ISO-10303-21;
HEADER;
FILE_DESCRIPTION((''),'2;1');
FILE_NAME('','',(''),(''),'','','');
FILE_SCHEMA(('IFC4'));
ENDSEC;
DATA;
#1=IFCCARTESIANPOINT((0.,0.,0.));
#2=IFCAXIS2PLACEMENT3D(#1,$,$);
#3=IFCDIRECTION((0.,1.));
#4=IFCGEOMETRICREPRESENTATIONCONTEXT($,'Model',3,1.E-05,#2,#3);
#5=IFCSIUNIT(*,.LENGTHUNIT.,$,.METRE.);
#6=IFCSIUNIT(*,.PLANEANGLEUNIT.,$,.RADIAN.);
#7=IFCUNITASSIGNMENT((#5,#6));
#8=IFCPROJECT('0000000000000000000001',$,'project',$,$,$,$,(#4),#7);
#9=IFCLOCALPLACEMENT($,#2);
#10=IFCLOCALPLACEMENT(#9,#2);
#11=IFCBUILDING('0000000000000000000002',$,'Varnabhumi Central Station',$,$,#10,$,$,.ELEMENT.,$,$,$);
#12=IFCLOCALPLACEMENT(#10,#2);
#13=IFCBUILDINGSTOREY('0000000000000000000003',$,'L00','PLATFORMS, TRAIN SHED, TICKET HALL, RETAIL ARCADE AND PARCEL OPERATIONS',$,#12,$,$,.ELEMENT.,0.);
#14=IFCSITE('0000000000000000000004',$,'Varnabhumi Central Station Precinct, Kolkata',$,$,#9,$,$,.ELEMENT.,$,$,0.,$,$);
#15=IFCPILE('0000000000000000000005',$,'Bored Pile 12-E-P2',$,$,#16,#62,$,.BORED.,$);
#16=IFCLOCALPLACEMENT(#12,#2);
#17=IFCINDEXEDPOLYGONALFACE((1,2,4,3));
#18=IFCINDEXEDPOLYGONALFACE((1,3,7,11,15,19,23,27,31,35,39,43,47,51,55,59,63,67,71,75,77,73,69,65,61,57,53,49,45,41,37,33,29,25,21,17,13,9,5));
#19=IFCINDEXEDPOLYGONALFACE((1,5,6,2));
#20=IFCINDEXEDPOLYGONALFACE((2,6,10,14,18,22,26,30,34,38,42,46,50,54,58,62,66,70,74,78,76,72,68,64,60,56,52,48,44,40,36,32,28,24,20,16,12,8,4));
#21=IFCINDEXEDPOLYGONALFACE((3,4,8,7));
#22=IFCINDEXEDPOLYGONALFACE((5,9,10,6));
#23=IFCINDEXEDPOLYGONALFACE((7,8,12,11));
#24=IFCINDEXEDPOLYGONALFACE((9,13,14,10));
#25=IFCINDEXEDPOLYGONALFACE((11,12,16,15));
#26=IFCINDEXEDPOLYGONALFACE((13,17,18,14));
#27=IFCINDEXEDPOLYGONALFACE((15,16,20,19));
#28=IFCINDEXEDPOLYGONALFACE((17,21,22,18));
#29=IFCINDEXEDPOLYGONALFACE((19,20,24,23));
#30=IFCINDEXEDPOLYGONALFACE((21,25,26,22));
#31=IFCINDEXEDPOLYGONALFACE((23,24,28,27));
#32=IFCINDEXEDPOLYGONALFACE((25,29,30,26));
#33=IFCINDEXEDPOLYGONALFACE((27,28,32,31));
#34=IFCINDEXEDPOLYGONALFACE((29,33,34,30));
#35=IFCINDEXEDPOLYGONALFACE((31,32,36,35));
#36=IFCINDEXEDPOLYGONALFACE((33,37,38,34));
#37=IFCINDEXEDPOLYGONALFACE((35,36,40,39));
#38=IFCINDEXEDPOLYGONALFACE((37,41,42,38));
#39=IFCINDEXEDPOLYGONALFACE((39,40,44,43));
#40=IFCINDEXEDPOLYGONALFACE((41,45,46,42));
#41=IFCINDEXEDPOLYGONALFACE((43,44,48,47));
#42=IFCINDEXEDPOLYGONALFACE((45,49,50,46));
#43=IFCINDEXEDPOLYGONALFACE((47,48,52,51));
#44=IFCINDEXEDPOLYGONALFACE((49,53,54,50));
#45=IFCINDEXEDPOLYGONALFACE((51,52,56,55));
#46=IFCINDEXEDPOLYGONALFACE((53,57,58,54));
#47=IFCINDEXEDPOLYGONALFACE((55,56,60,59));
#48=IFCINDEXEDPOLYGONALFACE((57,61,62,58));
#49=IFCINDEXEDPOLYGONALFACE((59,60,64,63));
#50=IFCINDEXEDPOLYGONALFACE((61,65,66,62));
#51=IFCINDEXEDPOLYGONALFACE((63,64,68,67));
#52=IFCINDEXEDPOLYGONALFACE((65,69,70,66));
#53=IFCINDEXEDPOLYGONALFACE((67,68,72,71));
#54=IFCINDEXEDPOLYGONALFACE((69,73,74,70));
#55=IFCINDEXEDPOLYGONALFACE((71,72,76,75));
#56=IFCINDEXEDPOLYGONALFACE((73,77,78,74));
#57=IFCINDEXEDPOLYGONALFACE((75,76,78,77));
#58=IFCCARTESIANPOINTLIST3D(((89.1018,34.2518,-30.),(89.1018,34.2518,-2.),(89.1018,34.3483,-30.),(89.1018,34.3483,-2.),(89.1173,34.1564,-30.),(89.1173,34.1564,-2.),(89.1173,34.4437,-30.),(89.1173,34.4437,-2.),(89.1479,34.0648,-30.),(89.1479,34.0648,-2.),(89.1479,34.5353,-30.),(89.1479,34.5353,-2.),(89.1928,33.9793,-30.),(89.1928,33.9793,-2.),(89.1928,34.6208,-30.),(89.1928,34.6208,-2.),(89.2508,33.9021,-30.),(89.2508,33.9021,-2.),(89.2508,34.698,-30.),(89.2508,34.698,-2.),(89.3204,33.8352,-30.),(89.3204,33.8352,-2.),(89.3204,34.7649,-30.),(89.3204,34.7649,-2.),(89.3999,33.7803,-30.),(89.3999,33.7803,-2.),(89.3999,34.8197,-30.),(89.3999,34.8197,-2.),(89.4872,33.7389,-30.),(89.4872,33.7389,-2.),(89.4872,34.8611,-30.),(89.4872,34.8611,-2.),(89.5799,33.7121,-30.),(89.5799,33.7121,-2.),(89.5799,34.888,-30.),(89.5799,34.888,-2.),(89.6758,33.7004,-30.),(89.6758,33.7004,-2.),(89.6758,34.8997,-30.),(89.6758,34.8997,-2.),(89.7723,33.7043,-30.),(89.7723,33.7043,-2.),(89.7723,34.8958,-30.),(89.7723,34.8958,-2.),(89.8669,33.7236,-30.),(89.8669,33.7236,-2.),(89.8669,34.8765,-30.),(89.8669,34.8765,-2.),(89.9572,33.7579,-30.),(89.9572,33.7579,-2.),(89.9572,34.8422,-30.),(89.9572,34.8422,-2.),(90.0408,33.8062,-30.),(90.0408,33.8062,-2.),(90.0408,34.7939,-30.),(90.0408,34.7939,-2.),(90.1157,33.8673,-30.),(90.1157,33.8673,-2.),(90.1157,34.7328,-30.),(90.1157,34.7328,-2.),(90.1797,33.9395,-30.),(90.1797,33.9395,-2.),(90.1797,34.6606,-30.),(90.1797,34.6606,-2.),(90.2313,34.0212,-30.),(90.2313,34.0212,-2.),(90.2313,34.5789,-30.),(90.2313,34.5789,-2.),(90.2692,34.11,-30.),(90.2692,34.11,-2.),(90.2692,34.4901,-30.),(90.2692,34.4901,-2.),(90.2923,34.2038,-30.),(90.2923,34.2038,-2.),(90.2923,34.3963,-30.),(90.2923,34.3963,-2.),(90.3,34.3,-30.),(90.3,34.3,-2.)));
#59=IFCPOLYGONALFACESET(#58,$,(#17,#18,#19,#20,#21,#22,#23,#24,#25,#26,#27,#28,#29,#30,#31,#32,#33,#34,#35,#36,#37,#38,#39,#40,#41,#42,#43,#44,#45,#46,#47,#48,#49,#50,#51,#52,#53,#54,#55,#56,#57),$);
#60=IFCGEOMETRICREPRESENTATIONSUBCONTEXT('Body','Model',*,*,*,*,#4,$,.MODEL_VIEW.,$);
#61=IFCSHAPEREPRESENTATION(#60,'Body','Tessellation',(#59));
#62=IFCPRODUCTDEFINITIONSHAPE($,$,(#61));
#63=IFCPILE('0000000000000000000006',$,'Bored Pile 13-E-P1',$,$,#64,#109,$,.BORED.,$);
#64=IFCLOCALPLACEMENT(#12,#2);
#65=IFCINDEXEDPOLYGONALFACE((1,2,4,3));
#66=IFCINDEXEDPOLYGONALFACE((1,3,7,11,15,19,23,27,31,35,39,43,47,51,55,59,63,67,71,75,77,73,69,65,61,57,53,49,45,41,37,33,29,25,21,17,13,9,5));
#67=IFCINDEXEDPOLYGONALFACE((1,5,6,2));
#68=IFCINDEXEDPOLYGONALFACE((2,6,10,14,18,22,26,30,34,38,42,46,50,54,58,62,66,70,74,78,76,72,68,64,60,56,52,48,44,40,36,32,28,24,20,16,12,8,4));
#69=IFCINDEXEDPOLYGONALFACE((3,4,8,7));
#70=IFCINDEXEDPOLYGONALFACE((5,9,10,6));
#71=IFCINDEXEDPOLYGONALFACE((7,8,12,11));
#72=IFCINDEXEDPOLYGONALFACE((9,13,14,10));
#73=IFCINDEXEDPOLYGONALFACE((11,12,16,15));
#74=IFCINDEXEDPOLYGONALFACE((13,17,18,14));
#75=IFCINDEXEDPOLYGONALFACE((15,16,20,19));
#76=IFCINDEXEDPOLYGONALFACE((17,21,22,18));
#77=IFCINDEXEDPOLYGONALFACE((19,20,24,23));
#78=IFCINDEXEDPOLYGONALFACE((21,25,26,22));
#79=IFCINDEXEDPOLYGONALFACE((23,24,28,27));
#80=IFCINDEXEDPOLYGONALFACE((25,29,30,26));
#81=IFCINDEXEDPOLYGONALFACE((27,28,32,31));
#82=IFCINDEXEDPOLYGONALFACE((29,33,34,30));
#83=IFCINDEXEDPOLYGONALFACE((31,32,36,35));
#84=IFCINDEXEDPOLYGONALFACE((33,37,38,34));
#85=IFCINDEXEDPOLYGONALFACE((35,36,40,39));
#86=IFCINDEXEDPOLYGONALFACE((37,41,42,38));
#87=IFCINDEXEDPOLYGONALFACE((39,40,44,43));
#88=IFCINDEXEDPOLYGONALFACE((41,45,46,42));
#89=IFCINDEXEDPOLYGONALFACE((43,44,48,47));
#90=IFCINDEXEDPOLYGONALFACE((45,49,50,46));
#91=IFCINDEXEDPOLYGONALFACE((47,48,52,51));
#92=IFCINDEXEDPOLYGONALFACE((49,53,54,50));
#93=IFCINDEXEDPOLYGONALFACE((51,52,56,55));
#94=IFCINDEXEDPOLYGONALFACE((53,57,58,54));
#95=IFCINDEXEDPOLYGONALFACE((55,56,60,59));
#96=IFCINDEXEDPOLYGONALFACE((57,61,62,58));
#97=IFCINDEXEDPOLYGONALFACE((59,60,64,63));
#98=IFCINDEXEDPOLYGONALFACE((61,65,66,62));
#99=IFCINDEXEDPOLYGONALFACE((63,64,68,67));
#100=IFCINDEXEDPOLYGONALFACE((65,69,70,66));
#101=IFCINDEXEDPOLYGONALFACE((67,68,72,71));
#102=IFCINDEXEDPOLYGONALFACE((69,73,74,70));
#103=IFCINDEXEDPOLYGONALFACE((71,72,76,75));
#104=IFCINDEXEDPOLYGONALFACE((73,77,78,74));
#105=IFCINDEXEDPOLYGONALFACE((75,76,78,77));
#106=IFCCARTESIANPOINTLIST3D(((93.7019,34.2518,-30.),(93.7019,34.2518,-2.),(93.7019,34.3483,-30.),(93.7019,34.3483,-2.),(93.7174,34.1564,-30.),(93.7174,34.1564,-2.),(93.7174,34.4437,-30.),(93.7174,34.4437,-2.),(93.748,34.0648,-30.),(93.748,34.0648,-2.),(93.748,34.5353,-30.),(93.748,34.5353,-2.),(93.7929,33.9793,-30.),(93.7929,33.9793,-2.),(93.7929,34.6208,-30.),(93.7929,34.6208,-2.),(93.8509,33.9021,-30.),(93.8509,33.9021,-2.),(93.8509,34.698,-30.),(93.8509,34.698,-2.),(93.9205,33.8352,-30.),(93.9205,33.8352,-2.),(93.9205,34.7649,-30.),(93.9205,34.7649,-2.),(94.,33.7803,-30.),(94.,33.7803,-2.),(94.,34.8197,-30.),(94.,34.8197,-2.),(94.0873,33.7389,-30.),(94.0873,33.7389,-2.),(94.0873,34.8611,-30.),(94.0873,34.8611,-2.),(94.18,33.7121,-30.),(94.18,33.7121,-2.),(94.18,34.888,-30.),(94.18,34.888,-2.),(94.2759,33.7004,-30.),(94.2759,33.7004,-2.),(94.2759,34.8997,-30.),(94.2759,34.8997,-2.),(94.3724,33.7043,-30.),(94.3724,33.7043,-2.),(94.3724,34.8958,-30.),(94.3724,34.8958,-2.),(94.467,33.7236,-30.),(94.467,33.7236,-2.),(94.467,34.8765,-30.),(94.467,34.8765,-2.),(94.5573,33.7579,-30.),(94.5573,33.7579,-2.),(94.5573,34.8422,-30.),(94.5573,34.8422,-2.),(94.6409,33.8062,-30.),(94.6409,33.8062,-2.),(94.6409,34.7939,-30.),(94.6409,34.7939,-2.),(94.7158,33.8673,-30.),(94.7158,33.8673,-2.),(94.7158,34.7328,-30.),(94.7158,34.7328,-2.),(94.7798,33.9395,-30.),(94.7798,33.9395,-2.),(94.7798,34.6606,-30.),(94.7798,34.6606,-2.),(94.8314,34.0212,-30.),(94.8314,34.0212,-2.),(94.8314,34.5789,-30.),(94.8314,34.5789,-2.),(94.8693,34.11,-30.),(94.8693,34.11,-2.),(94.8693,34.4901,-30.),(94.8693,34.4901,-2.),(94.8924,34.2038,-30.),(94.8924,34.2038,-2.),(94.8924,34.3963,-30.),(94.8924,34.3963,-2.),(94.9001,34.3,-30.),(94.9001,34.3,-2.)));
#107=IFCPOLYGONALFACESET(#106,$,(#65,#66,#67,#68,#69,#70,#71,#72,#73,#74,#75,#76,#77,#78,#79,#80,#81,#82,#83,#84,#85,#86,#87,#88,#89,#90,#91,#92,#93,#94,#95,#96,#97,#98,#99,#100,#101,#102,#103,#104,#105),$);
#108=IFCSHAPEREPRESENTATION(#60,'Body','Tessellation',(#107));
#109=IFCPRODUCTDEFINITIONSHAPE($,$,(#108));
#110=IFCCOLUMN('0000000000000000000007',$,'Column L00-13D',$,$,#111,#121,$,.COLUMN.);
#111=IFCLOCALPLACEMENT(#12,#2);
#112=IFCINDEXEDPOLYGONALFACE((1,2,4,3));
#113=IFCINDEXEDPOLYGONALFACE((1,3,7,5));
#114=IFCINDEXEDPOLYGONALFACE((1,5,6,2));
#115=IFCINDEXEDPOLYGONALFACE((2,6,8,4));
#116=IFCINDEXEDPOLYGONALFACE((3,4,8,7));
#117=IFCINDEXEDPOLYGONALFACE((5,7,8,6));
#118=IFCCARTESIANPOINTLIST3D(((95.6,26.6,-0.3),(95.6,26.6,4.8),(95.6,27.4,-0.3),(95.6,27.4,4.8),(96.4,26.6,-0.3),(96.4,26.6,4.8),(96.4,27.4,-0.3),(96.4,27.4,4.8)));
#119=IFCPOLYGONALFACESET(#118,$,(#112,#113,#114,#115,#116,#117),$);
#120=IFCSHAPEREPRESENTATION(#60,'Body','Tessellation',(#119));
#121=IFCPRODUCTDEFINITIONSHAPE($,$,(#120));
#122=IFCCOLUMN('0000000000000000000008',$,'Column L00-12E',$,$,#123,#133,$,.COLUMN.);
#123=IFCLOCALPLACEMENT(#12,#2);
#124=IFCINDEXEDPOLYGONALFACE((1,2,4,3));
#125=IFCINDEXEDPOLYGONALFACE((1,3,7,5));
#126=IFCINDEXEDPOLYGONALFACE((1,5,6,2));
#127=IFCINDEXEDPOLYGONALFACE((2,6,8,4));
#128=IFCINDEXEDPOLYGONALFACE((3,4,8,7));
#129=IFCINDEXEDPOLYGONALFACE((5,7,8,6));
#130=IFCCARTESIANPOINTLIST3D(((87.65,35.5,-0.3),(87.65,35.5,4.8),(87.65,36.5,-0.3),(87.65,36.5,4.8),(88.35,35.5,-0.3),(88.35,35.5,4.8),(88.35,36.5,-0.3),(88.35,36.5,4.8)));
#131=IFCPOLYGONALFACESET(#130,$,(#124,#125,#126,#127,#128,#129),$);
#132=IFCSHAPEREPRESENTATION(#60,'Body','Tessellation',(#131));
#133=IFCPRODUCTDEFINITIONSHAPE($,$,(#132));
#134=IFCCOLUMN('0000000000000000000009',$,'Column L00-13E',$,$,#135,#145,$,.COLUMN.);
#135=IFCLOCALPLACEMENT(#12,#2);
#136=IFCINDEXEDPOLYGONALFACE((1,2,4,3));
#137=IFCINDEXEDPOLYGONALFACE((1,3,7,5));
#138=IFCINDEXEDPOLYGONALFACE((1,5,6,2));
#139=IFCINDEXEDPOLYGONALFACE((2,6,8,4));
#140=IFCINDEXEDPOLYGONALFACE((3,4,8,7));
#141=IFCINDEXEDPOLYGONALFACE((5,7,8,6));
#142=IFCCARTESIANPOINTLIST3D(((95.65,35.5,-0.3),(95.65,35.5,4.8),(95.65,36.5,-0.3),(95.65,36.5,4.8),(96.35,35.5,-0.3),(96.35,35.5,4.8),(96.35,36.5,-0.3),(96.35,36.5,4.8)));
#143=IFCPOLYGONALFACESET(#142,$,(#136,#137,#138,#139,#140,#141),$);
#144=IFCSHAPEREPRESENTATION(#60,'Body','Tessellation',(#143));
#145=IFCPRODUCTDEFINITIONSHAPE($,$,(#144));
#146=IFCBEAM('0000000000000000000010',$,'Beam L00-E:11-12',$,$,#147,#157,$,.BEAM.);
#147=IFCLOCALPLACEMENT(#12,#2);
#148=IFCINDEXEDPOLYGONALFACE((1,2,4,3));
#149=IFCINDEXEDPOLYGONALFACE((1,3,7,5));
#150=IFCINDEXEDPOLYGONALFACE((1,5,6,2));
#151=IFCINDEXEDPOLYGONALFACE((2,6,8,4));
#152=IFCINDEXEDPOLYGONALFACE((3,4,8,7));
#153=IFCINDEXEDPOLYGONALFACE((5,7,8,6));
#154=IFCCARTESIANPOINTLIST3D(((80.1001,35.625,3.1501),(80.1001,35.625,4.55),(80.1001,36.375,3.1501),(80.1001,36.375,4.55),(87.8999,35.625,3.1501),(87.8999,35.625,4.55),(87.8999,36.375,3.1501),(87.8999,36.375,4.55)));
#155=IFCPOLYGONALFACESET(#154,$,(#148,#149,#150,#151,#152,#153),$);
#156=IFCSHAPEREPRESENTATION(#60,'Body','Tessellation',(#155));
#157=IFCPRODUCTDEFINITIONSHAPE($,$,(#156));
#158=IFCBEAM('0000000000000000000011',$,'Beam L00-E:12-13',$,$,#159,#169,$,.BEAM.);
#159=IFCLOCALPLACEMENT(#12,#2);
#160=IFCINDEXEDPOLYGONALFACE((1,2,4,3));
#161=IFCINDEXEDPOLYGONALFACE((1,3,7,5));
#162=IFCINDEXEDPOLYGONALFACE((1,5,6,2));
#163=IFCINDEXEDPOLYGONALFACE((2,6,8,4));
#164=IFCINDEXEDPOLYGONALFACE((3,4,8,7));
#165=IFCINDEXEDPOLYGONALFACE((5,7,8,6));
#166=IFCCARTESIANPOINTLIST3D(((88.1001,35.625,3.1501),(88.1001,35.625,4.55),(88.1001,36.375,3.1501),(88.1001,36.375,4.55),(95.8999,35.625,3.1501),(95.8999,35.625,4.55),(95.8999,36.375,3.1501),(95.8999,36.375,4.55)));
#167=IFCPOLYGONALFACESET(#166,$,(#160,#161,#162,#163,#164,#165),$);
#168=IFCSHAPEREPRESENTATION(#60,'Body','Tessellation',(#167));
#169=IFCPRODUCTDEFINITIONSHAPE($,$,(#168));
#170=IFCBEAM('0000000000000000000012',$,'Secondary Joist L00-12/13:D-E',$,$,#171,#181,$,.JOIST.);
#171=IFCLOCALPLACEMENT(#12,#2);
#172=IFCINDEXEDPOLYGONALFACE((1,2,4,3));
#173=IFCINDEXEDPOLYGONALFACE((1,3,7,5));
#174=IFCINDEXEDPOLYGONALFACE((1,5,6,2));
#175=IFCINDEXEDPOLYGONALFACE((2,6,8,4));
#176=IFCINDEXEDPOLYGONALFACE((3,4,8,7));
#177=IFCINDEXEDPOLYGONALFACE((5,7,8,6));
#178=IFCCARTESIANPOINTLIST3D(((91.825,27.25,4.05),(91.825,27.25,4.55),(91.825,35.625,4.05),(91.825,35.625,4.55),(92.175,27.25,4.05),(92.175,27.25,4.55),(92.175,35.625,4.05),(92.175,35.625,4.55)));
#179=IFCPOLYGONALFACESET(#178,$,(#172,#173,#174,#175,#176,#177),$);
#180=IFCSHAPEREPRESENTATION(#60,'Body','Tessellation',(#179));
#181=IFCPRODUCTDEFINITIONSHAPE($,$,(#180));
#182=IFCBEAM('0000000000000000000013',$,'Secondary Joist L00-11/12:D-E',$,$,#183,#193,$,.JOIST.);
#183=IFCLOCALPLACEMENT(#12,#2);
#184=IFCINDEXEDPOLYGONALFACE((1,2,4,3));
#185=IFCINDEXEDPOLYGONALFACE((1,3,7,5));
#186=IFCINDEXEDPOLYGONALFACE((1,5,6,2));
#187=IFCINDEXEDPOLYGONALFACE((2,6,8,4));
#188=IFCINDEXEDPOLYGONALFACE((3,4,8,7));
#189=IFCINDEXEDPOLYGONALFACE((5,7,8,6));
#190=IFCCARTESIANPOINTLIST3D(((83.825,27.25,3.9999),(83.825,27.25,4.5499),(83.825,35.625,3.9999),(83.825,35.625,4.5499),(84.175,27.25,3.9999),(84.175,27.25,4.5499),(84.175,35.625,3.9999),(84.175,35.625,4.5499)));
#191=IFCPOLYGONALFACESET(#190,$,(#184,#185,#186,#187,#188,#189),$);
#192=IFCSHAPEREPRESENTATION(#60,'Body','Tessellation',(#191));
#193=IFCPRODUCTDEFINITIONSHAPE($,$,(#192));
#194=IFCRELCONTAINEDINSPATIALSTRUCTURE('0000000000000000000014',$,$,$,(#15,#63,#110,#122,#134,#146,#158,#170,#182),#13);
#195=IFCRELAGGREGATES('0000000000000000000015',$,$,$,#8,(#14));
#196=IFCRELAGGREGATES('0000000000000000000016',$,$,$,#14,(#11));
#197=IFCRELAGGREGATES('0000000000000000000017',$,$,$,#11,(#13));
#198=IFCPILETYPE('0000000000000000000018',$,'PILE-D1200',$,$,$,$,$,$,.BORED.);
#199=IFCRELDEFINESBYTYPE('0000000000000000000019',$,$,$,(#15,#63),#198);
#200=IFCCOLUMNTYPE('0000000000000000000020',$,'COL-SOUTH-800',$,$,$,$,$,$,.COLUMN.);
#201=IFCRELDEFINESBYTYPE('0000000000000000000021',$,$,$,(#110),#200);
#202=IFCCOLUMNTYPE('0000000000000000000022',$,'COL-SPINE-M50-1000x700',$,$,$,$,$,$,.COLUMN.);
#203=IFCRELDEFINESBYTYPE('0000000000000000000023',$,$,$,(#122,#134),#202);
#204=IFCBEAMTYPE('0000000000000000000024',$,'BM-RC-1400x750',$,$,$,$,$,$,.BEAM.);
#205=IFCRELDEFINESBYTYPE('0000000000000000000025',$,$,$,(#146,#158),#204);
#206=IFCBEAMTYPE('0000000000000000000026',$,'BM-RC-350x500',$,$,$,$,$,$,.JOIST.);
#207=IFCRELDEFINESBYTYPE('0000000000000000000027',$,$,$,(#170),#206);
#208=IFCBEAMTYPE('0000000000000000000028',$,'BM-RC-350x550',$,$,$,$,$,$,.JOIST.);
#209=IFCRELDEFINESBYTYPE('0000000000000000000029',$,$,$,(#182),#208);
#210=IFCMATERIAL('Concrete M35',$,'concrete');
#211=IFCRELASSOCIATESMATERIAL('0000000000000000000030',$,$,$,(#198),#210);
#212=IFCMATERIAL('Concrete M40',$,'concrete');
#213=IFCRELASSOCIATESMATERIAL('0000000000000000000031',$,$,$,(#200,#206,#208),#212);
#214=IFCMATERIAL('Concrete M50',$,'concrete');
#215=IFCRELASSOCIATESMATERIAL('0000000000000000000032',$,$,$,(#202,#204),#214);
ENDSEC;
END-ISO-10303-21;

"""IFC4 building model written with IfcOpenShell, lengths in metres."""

from ifc_helpers import new_model, si_unit, direction, frame, origin, origin_2d, place, context, subcontext, project, spatial, rectangle, circle, extrude, material, material_profile, profile_set, type_object, element, save


model = new_model("IFC4")

# Units and contexts
model_context = context("Model", 3, precision=1e-05, world=origin(), true_north=direction((0.0, 1.0)))
body_context = subcontext(model_context, "Body", "Model", "MODEL_VIEW")
ifc_project = project(units=[si_unit("LENGTHUNIT", "METRE"), si_unit("PLANEANGLEUNIT", "RADIAN")], contexts=[model_context])

# Site, building, storey
site_placement = place(None, origin())
site = spatial("IfcSite", under=ifc_project, at=site_placement, Name="Varnabhumi Central Station Precinct, Kolkata", CompositionType="ELEMENT", RefElevation=0.0)
building_placement = place(site_placement, origin())
building = spatial("IfcBuilding", under=site, at=building_placement, Name="Varnabhumi Central Station", CompositionType="ELEMENT")
storey_placement = place(building_placement, origin())
storey = spatial("IfcBuildingStorey", under=building, at=storey_placement, Name="L00", Description="PLATFORMS, TRAIN SHED, TICKET HALL, RETAIL ARCADE AND PARCEL OPERATIONS", CompositionType="ELEMENT", Elevation=0.0)

# Shared definitions
ifc_material_1 = material(Name="Concrete M40", Category="concrete")

# Piles
ifc_material_2 = material(Name="Concrete M35", Category="concrete")
ifc_material_profile_1 = material_profile(ifc_material_2, circle(Radius=0.6001, at=origin_2d()), Name="Concrete M35", Category="concrete")
ifc_profile_set_1 = profile_set([ifc_material_profile_1], Name="Concrete M35")
pile_type_1 = type_object("IfcPileType", Name="PILE-D1200", PredefinedType="BORED", material=ifc_profile_set_1)
for number, where, z_axis, x_axis, name in (
    (1, (89.7, 34.3, -2.0), (0.0, 0.0, -1.0), (1.0, 0.0, 0.0), "Bored Pile 12-E-P2"),
    (2, (94.3, 34.3, -2.0), (0.0, 0.0, -1.0), (1.0, 0.0, 0.0), "Bored Pile 13-E-P1"),
):
    element("IfcPile", number, at=place(storey_placement, frame(where, z_axis=z_axis, x_axis=x_axis)), inside=storey, type_object=pile_type_1, Name=name, PredefinedType="BORED", context=body_context, shape_type="SweptSolid", body=[
        extrude(circle(Radius=0.6001, at=origin_2d()), origin(), (0.0, 0.0, 1.0), 28.0),
    ])

# Columns
ifc_material_profile_2 = material_profile(ifc_material_1, rectangle(XDim=0.8, YDim=0.8, at=origin_2d()), Name="Concrete M40", Category="concrete")
ifc_profile_set_2 = profile_set([ifc_material_profile_2], Name="Concrete M40")
column_type_1 = type_object("IfcColumnType", Name="COL-SOUTH-800", PredefinedType="COLUMN", material=ifc_profile_set_2)
column_placement = place(storey_placement, frame((96.0, 27.0, -0.3), z_axis=(0.0, 0.0, 1.0), x_axis=(1.0, 0.0, 0.0)))
element("IfcColumn", 3, at=column_placement, inside=storey, type_object=column_type_1, Name="Column L00-13D", PredefinedType="COLUMN", context=body_context, shape_type="SweptSolid", body=[
    extrude(rectangle(XDim=0.8, YDim=0.8, at=origin_2d()), origin(), (0.0, 0.0, 1.0), 5.1001),
])
ifc_material_3 = material(Name="Concrete M50", Category="concrete")
ifc_material_profile_3 = material_profile(ifc_material_3, rectangle(XDim=0.7, YDim=1.0, at=origin_2d()), Name="Concrete M50", Category="concrete")
ifc_profile_set_3 = profile_set([ifc_material_profile_3], Name="Concrete M50")
column_type_2 = type_object("IfcColumnType", Name="COL-SPINE-M50-1000x700", PredefinedType="COLUMN", material=ifc_profile_set_3)
for number, where, z_axis, x_axis, name in (
    (4, (88.0, 36.0, -0.3), (0.0, 0.0, 1.0), (1.0, 0.0, 0.0), "Column L00-12E"),
    (5, (96.0, 36.0, -0.3), (0.0, 0.0, 1.0), (1.0, 0.0, 0.0), "Column L00-13E"),
):
    element("IfcColumn", number, at=place(storey_placement, frame(where, z_axis=z_axis, x_axis=x_axis)), inside=storey, type_object=column_type_2, Name=name, PredefinedType="COLUMN", context=body_context, shape_type="SweptSolid", body=[
        extrude(rectangle(XDim=0.7, YDim=1.0, at=origin_2d()), origin(), (0.0, 0.0, 1.0), 5.1001),
    ])

# Beams
ifc_material_profile_4 = material_profile(ifc_material_3, rectangle(XDim=0.75, YDim=1.3999, at=origin_2d()), Name="Concrete M50", Category="concrete")
ifc_profile_set_4 = profile_set([ifc_material_profile_4], Name="Concrete M50")
beam_type_1 = type_object("IfcBeamType", Name="BM-RC-1400x750", PredefinedType="BEAM", material=ifc_profile_set_4)
for number, where, z_axis, x_axis, name in (
    (6, (80.1001, 36.0, 3.8501), (1.0, 0.0, 0.0), (0.0, 1.0, 0.0), "Beam L00-E:11-12"),
    (7, (88.1001, 36.0, 3.8501), (1.0, 0.0, 0.0), (0.0, 1.0, 0.0), "Beam L00-E:12-13"),
):
    element("IfcBeam", number, at=place(storey_placement, frame(where, z_axis=z_axis, x_axis=x_axis)), inside=storey, type_object=beam_type_1, Name=name, PredefinedType="BEAM", context=body_context, shape_type="SweptSolid", body=[
        extrude(rectangle(XDim=0.75, YDim=1.3999, at=origin_2d()), origin(), (0.0, 0.0, 1.0), 7.7998),
    ])
ifc_material_profile_5 = material_profile(ifc_material_1, rectangle(XDim=0.3501, YDim=0.5, at=origin_2d()), Name="Concrete M40", Category="concrete")
ifc_profile_set_5 = profile_set([ifc_material_profile_5], Name="Concrete M40")
beam_type_2 = type_object("IfcBeamType", Name="BM-RC-350x500", PredefinedType="JOIST", material=ifc_profile_set_5)
beam_1_placement = place(storey_placement, frame((92.0, 27.25, 4.3), z_axis=(0.0, 1.0, 0.0), x_axis=(-1.0, 0.0, 0.0)))
element("IfcBeam", 8, at=beam_1_placement, inside=storey, type_object=beam_type_2, Name="Secondary Joist L00-12/13:D-E", PredefinedType="JOIST", context=body_context, shape_type="SweptSolid", body=[
    extrude(rectangle(XDim=0.3501, YDim=0.5, at=origin_2d()), origin(), (0.0, 0.0, 1.0), 8.375),
])
ifc_material_profile_6 = material_profile(ifc_material_1, rectangle(XDim=0.3501, YDim=0.55, at=origin_2d()), Name="Concrete M40", Category="concrete")
ifc_profile_set_6 = profile_set([ifc_material_profile_6], Name="Concrete M40")
beam_type_3 = type_object("IfcBeamType", Name="BM-RC-350x550", PredefinedType="JOIST", material=ifc_profile_set_6)
beam_2_placement = place(storey_placement, frame((84.0, 27.25, 4.2749), z_axis=(0.0, 1.0, 0.0), x_axis=(-1.0, 0.0, 0.0)))
element("IfcBeam", 9, at=beam_2_placement, inside=storey, type_object=beam_type_3, Name="Secondary Joist L00-11/12:D-E", PredefinedType="JOIST", context=body_context, shape_type="SweptSolid", body=[
    extrude(rectangle(XDim=0.3501, YDim=0.55, at=origin_2d()), origin(), (0.0, 0.0, 1.0), 8.375),
])

save(model, "model.ifc")
